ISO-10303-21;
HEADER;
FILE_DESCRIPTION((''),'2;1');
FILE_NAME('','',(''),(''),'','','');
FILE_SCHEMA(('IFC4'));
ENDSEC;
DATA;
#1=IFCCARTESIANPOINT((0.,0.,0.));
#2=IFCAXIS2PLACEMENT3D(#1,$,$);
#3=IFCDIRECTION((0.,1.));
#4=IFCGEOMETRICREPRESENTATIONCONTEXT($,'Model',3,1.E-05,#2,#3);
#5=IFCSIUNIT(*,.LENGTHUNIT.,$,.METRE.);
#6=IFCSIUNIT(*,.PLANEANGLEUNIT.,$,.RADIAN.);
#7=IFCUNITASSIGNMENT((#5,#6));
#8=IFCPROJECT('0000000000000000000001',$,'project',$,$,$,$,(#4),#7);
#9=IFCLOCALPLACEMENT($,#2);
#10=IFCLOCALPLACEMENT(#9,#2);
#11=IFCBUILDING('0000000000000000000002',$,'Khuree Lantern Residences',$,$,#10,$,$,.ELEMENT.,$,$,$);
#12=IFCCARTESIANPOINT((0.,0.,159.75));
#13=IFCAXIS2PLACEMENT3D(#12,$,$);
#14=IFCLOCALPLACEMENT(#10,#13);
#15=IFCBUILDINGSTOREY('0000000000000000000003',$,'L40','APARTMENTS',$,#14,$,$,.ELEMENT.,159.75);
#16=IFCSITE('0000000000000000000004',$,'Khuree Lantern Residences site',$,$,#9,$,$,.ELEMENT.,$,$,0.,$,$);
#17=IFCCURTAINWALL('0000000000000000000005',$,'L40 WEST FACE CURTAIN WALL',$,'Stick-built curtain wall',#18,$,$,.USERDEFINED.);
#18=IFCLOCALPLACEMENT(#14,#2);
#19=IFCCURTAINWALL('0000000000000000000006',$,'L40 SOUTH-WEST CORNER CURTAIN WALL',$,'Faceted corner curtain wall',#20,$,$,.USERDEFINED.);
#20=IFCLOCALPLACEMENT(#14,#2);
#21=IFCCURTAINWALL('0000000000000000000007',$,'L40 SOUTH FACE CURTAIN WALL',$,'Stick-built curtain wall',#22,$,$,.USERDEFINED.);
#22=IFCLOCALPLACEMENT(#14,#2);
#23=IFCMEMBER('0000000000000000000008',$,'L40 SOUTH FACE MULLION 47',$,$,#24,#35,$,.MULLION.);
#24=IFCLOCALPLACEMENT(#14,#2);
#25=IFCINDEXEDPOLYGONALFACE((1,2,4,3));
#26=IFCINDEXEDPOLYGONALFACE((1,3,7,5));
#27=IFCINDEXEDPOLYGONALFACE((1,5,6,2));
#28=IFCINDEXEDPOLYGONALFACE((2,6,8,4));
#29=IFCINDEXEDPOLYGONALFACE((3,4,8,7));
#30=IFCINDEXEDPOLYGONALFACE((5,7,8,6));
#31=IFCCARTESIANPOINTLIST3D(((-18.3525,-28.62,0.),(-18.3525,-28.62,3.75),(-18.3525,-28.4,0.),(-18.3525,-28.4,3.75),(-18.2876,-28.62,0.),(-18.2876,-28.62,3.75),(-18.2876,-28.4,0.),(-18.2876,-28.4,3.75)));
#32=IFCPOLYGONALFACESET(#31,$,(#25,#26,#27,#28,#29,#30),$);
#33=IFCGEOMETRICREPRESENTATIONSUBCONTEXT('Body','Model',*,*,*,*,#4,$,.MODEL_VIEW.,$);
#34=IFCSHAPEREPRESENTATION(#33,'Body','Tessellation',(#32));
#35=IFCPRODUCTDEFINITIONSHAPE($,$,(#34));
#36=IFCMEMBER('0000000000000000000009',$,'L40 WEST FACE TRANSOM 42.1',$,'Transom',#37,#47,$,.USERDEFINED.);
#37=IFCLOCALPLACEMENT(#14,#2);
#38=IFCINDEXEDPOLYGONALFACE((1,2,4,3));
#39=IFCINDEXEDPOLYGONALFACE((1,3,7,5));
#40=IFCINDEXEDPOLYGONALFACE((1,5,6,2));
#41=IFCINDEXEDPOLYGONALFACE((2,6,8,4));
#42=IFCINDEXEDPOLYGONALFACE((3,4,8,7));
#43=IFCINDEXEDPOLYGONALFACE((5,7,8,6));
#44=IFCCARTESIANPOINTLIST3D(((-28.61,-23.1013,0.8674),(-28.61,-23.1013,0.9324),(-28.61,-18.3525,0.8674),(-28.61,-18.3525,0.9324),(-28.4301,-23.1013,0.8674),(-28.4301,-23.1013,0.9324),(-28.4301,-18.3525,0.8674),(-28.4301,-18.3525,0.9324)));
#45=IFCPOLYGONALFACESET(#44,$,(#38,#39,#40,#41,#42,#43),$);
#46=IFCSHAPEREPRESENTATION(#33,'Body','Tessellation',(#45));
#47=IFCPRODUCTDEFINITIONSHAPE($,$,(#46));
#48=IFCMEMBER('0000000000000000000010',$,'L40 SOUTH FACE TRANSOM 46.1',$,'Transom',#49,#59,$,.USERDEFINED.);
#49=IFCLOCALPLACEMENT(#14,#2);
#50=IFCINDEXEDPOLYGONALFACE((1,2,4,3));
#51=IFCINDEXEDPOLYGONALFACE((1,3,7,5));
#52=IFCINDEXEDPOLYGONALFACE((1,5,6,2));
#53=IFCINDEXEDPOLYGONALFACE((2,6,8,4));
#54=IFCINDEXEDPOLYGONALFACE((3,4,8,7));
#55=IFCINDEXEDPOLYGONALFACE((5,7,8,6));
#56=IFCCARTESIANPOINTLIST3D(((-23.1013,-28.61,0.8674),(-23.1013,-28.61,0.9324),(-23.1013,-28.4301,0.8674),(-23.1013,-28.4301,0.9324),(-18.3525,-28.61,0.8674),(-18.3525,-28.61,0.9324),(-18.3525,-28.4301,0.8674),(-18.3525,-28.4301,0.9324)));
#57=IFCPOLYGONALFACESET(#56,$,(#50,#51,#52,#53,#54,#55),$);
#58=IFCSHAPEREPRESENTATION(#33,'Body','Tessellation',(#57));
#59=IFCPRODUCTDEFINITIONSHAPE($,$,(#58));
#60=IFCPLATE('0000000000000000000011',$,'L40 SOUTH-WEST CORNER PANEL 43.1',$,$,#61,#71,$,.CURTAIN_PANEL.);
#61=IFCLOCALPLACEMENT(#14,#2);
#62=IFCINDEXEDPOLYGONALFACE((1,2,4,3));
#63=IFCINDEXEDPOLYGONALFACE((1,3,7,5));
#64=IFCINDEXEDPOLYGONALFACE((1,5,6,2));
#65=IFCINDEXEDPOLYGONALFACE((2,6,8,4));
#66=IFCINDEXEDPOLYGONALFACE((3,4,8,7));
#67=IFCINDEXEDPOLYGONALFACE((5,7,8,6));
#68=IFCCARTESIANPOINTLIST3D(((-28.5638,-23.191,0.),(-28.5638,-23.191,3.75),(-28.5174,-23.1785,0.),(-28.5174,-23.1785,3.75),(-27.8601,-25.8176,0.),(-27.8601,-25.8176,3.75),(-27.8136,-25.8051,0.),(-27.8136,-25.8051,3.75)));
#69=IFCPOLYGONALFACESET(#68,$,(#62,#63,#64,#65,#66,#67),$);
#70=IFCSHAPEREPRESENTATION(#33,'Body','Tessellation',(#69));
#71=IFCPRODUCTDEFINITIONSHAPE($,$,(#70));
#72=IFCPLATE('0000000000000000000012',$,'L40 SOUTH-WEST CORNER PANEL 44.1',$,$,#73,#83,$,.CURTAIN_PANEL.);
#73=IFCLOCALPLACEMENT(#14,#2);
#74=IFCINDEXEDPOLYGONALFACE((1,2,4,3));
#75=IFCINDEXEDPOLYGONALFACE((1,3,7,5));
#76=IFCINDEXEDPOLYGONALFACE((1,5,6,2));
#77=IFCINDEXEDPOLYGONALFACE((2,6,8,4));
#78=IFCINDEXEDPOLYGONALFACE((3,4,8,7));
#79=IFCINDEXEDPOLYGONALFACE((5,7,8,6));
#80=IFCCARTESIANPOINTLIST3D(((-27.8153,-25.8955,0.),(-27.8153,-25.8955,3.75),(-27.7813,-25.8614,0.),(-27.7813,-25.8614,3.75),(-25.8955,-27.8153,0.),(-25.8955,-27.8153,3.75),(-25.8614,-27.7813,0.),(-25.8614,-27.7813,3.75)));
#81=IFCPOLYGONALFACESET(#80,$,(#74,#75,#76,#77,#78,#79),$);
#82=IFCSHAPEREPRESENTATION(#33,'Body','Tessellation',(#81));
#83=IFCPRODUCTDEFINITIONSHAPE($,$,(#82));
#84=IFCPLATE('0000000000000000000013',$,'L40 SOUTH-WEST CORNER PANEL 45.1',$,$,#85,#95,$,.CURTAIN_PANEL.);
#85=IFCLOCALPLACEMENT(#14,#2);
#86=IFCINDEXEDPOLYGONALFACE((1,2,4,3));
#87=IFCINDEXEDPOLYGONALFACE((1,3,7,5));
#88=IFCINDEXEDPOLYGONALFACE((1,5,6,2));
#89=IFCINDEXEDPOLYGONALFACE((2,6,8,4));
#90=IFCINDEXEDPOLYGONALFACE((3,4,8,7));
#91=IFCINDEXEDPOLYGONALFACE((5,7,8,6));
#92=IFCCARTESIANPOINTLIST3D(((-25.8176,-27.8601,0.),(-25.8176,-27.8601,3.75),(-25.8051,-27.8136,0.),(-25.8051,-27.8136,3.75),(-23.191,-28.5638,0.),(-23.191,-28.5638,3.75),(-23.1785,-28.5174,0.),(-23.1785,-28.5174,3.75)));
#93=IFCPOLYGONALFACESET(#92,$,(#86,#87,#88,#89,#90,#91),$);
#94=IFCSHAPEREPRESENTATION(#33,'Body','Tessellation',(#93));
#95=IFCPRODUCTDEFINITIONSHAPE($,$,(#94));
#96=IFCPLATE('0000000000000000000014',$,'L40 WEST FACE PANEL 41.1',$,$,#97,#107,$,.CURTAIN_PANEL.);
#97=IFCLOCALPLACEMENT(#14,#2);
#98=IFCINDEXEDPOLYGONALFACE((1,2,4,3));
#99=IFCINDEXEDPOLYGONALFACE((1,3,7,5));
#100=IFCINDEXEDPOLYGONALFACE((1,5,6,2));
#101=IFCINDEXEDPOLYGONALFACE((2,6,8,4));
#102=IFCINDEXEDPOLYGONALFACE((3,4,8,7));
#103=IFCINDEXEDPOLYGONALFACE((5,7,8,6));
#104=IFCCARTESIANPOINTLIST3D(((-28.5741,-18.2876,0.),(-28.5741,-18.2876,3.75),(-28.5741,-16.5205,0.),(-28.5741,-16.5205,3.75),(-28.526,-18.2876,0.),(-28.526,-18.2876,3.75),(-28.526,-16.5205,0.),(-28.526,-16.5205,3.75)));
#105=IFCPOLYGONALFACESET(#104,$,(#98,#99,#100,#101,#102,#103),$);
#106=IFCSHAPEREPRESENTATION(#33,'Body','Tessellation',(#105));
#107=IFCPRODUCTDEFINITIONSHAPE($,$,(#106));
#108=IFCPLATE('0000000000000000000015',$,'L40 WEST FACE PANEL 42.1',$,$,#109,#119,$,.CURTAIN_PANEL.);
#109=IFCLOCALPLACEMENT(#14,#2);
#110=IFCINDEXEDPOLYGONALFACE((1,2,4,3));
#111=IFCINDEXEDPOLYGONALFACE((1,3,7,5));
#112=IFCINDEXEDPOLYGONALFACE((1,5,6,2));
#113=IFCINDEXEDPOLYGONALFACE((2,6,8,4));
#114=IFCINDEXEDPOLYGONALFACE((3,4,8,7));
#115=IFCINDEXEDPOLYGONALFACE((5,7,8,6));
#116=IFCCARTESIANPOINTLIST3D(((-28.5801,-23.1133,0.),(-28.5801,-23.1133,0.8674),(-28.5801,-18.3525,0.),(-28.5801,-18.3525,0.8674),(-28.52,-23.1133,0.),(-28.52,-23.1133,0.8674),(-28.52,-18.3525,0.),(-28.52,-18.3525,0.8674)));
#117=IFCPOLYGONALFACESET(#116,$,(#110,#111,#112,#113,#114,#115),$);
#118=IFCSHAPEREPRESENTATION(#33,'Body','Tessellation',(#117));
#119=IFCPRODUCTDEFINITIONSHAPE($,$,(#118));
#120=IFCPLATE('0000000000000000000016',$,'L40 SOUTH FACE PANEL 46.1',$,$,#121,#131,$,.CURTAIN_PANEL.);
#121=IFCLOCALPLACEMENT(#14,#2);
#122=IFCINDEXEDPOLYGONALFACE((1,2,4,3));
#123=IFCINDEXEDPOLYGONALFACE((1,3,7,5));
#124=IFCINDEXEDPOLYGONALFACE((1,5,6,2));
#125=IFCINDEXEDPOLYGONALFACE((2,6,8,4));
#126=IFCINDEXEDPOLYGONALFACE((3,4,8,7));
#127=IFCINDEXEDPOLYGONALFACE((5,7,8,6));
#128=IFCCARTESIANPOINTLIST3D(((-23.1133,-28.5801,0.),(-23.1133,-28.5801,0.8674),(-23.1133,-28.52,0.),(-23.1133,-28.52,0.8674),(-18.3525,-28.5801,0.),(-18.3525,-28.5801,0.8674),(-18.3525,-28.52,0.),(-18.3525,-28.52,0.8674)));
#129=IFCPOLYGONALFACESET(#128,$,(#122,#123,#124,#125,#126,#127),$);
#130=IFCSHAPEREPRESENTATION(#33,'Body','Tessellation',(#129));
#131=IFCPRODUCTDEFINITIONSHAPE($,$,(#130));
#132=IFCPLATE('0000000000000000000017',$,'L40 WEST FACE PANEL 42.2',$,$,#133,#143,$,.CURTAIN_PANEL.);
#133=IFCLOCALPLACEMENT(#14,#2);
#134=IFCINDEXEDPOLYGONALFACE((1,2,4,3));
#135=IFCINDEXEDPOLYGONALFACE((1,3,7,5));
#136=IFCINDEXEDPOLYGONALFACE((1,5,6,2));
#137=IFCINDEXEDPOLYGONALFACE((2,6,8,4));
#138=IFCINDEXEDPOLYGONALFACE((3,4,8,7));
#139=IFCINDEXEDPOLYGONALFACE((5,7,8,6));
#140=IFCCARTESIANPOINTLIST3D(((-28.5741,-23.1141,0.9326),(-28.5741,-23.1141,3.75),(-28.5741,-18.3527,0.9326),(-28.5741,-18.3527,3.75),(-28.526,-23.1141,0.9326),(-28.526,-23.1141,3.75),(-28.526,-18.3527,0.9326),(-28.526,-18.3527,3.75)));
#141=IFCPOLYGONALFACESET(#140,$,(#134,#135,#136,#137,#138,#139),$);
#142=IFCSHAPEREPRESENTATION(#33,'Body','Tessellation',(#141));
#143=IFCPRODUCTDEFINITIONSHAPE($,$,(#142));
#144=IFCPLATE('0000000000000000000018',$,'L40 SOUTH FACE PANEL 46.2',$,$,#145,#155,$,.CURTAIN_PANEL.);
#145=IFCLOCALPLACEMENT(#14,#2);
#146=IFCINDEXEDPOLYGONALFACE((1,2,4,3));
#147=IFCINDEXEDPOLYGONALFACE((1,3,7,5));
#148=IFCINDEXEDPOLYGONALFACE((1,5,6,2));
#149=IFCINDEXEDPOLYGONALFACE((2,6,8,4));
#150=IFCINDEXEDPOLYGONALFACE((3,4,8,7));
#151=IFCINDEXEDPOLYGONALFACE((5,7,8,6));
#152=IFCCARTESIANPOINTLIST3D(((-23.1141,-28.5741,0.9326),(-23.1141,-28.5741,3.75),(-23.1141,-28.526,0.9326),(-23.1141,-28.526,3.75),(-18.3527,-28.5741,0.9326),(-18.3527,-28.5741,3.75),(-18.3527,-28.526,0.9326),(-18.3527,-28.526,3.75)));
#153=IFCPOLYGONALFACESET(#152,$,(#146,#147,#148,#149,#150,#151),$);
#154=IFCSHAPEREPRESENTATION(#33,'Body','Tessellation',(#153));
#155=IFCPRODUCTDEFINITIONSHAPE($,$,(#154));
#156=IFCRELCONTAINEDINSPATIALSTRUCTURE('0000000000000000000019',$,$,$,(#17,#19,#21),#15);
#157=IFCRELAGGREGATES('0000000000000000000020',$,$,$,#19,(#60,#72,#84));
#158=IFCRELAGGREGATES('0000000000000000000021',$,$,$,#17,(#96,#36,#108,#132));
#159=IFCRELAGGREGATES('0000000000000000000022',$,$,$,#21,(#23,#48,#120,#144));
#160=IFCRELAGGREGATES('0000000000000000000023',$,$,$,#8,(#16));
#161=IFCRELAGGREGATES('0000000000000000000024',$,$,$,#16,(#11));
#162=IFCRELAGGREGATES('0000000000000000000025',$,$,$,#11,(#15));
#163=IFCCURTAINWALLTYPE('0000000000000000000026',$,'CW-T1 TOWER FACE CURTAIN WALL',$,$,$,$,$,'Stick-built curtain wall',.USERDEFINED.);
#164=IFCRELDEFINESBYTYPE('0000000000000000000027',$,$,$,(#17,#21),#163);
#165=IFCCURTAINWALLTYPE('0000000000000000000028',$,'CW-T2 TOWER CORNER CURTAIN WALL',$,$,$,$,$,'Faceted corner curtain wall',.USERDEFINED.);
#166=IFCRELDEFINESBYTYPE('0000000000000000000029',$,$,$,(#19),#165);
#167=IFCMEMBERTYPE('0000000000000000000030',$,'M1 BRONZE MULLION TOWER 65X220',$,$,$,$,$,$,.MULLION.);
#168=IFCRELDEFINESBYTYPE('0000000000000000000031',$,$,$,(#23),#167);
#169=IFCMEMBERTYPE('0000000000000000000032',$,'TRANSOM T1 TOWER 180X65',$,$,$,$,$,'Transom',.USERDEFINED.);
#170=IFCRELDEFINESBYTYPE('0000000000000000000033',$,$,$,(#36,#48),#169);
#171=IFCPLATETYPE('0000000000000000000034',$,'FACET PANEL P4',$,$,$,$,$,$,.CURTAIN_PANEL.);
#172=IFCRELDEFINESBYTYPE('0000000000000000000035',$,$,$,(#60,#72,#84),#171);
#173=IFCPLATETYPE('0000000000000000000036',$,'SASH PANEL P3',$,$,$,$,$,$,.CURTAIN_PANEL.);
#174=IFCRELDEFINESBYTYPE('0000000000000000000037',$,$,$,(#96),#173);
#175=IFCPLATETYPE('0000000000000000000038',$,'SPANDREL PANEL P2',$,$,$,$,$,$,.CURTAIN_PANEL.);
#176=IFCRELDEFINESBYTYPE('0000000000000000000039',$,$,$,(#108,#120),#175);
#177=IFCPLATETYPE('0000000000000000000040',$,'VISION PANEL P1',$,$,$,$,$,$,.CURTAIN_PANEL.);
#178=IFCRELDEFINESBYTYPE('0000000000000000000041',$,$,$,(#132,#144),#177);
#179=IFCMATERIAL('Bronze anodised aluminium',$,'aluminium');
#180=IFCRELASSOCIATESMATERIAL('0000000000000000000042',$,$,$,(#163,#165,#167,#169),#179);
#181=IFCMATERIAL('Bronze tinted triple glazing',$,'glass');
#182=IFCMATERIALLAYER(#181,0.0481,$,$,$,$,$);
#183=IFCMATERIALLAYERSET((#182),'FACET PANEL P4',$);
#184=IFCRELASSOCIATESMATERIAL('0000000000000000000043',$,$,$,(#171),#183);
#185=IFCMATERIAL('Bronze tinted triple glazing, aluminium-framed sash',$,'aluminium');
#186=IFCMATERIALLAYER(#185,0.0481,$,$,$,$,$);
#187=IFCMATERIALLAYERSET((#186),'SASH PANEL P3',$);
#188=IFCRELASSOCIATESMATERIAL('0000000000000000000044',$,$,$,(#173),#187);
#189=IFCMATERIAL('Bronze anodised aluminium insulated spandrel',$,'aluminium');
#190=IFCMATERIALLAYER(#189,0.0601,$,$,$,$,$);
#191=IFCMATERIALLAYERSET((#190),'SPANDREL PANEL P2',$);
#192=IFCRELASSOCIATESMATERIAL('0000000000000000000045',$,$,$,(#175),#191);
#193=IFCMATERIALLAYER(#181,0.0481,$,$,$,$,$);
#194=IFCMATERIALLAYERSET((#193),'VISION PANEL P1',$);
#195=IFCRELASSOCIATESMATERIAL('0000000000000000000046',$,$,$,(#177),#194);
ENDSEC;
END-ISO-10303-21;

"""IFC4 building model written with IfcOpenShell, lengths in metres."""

from ifc_helpers import new_model, si_unit, direction, frame, origin, origin_2d, place, context, subcontext, project, spatial, rectangle, extrude, material, layer, layer_set, material_profile, profile_set, type_object, element, aggregate, save


model = new_model("IFC4")

# Units and contexts
model_context = context("Model", 3, precision=1e-05, world=origin(), true_north=direction((0.0, 1.0)))
body_context = subcontext(model_context, "Body", "Model", "MODEL_VIEW")
ifc_project = project(units=[si_unit("LENGTHUNIT", "METRE"), si_unit("PLANEANGLEUNIT", "RADIAN")], contexts=[model_context])

# Site, building, storey
site_placement = place(None, origin())
site = spatial("IfcSite", under=ifc_project, at=site_placement, Name="Khuree Lantern Residences site", CompositionType="ELEMENT", RefElevation=0.0)
building_placement = place(site_placement, origin())
building = spatial("IfcBuilding", under=site, at=building_placement, Name="Khuree Lantern Residences", CompositionType="ELEMENT")
storey_placement = place(building_placement, frame((0.0, 0.0, 159.75)))
storey = spatial("IfcBuildingStorey", under=building, at=storey_placement, Name="L40", Description="APARTMENTS", CompositionType="ELEMENT", Elevation=159.75)

# Curtain walls
ifc_material_1 = material(Name="Bronze anodised aluminium", Category="aluminium")
curtain_wall_type_1 = type_object("IfcCurtainWallType", Name="CW-T1 TOWER FACE CURTAIN WALL", ElementType="Stick-built curtain wall", PredefinedType="USERDEFINED", material=ifc_material_1)
curtain_wall_1_placement = place(storey_placement, origin())
curtain_wall_1 = element("IfcCurtainWall", 1, at=curtain_wall_1_placement, inside=storey, type_object=curtain_wall_type_1, Name="L40 WEST FACE CURTAIN WALL", ObjectType="Stick-built curtain wall", PredefinedType="USERDEFINED")
curtain_wall_type_2 = type_object("IfcCurtainWallType", Name="CW-T2 TOWER CORNER CURTAIN WALL", ElementType="Faceted corner curtain wall", PredefinedType="USERDEFINED", material=ifc_material_1)
curtain_wall_2_placement = place(storey_placement, origin())
curtain_wall_2 = element("IfcCurtainWall", 2, at=curtain_wall_2_placement, inside=storey, type_object=curtain_wall_type_2, Name="L40 SOUTH-WEST CORNER CURTAIN WALL", ObjectType="Faceted corner curtain wall", PredefinedType="USERDEFINED")

# Shared definitions
ifc_material_profile_1 = material_profile(ifc_material_1, rectangle(XDim=0.0649, YDim=0.22, at=origin_2d()), Name="M1 65X220")
ifc_profile_set_1 = profile_set([ifc_material_profile_1], Name="Bronze anodised aluminium")
member_type_1 = type_object("IfcMemberType", Name="M1 BRONZE MULLION TOWER 65X220", PredefinedType="MULLION", material=ifc_profile_set_1)

# Curtain wall, member
curtain_wall_3_placement = place(storey_placement, origin())
curtain_wall_3 = element("IfcCurtainWall", 3, at=curtain_wall_3_placement, inside=storey, type_object=curtain_wall_type_1, Name="L40 SOUTH FACE CURTAIN WALL", ObjectType="Stick-built curtain wall", PredefinedType="USERDEFINED")
member_1_placement = place(storey_placement, frame((-18.3201, -28.51, 0.0), z_axis=(0.0, 0.0, 1.0), x_axis=(1.0, 0.0, 0.0)))
member_1 = element("IfcMember", 4, at=member_1_placement, type_object=member_type_1, Name="L40 SOUTH FACE MULLION 47", PredefinedType="MULLION", context=body_context, shape_type="SweptSolid", body=[
    extrude(rectangle(XDim=0.0649, YDim=0.22, at=origin_2d()), origin(), (0.0, 0.0, 1.0), 3.75),
])

# Members
ifc_material_profile_2 = material_profile(ifc_material_1, rectangle(XDim=0.1799, YDim=0.0649, at=origin_2d()), Name="T1 180X65")
ifc_profile_set_2 = profile_set([ifc_material_profile_2], Name="Bronze anodised aluminium")
member_type_2 = type_object("IfcMemberType", Name="TRANSOM T1 TOWER 180X65", ElementType="Transom", PredefinedType="USERDEFINED", material=ifc_profile_set_2)
member_2_placement = place(storey_placement, frame((-28.52, -18.3525, 0.8999), z_axis=(0.0, -1.0, 0.0), x_axis=(1.0, 0.0, 0.0)))
member_2 = element("IfcMember", 5, at=member_2_placement, type_object=member_type_2, Name="L40 WEST FACE TRANSOM 42.1", ObjectType="Transom", PredefinedType="USERDEFINED", context=body_context, shape_type="SweptSolid", body=[
    extrude(rectangle(XDim=0.1799, YDim=0.0649, at=origin_2d()), origin(), (0.0, 0.0, 1.0), 4.7488),
])
member_3_placement = place(storey_placement, frame((-23.1013, -28.52, 0.8999), z_axis=(1.0, 0.0, 0.0), x_axis=(0.0, 1.0, 0.0)))
member_3 = element("IfcMember", 6, at=member_3_placement, type_object=member_type_2, Name="L40 SOUTH FACE TRANSOM 46.1", ObjectType="Transom", PredefinedType="USERDEFINED", context=body_context, shape_type="SweptSolid", body=[
    extrude(rectangle(XDim=0.1799, YDim=0.0649, at=origin_2d()), origin(), (0.0, 0.0, 1.0), 4.7488),
])

# Plates
ifc_material_2 = material(Name="Bronze tinted triple glazing", Category="glass")
ifc_layer_1 = layer(ifc_material_2, 0.0481)
ifc_layer_set_1 = layer_set([ifc_layer_1], Name="FACET PANEL P4")
plate_type_1 = type_object("IfcPlateType", Name="FACET PANEL P4", PredefinedType="CURTAIN_PANEL", material=ifc_layer_set_1)
plate_1_placement = place(storey_placement, frame((-28.1887, -24.498, 0.0), z_axis=(0.0, 0.0, 1.0), x_axis=(0.258819, -0.965926, 0.0)))
plate_1 = element("IfcPlate", 7, at=plate_1_placement, type_object=plate_type_1, Name="L40 SOUTH-WEST CORNER PANEL 43.1", PredefinedType="CURTAIN_PANEL", context=body_context, shape_type="SweptSolid", body=[
    extrude(rectangle(XDim=2.7192, YDim=0.0481, at=origin_2d()), origin(), (0.0, 0.0, 1.0), 3.75),
])
plate_2_placement = place(storey_placement, frame((-26.8384, -26.8384, 0.0), z_axis=(0.0, 0.0, 1.0), x_axis=(0.707107, -0.707107, 0.0)))
plate_2 = element("IfcPlate", 8, at=plate_2_placement, type_object=plate_type_1, Name="L40 SOUTH-WEST CORNER PANEL 44.1", PredefinedType="CURTAIN_PANEL", context=body_context, shape_type="SweptSolid", body=[
    extrude(rectangle(XDim=2.7151, YDim=0.0481, at=origin_2d()), origin(), (0.0, 0.0, 1.0), 3.75),
])
plate_3_placement = place(storey_placement, frame((-24.498, -28.1887, 0.0), z_axis=(0.0, 0.0, 1.0), x_axis=(0.965926, -0.258819, 0.0)))
plate_3 = element("IfcPlate", 9, at=plate_3_placement, type_object=plate_type_1, Name="L40 SOUTH-WEST CORNER PANEL 45.1", PredefinedType="CURTAIN_PANEL", context=body_context, shape_type="SweptSolid", body=[
    extrude(rectangle(XDim=2.7192, YDim=0.0481, at=origin_2d()), origin(), (0.0, 0.0, 1.0), 3.75),
])
aggregate(curtain_wall_2, [plate_1, plate_2, plate_3])
ifc_material_3 = material(Name="Bronze tinted triple glazing, aluminium-framed sash", Category="aluminium")
ifc_layer_2 = layer(ifc_material_3, 0.0481)
ifc_layer_set_2 = layer_set([ifc_layer_2], Name="SASH PANEL P3")
plate_type_2 = type_object("IfcPlateType", Name="SASH PANEL P3", PredefinedType="CURTAIN_PANEL", material=ifc_layer_set_2)
plate_4_placement = place(storey_placement, frame((-28.55, -17.4041, 0.0), z_axis=(0.0, 0.0, 1.0), x_axis=(0.0, -1.0, 0.0)))
plate_4 = element("IfcPlate", 10, at=plate_4_placement, type_object=plate_type_2, Name="L40 WEST FACE PANEL 41.1", PredefinedType="CURTAIN_PANEL", context=body_context, shape_type="SweptSolid", body=[
    extrude(rectangle(XDim=1.7671, YDim=0.0481, at=origin_2d()), origin(), (0.0, 0.0, 1.0), 3.75),
])
ifc_material_4 = material(Name="Bronze anodised aluminium insulated spandrel", Category="aluminium")
ifc_layer_3 = layer(ifc_material_4, 0.0601)
ifc_layer_set_3 = layer_set([ifc_layer_3], Name="SPANDREL PANEL P2")
plate_type_3 = type_object("IfcPlateType", Name="SPANDREL PANEL P2", PredefinedType="CURTAIN_PANEL", material=ifc_layer_set_3)
plate_5_placement = place(storey_placement, frame((-28.55, -20.7329, 0.0), z_axis=(0.0, 0.0, 1.0), x_axis=(0.0, -1.0, 0.0)))
plate_5 = element("IfcPlate", 11, at=plate_5_placement, type_object=plate_type_3, Name="L40 WEST FACE PANEL 42.1", PredefinedType="CURTAIN_PANEL", context=body_context, shape_type="SweptSolid", body=[
    extrude(rectangle(XDim=4.7607, YDim=0.0601, at=origin_2d()), origin(), (0.0, 0.0, 1.0), 0.8674),
])
plate_6_placement = place(storey_placement, frame((-20.7329, -28.55, 0.0), z_axis=(0.0, 0.0, 1.0), x_axis=(1.0, 0.0, 0.0)))
plate_6 = element("IfcPlate", 12, at=plate_6_placement, type_object=plate_type_3, Name="L40 SOUTH FACE PANEL 46.1", PredefinedType="CURTAIN_PANEL", context=body_context, shape_type="SweptSolid", body=[
    extrude(rectangle(XDim=4.7607, YDim=0.0601, at=origin_2d()), origin(), (0.0, 0.0, 1.0), 0.8674),
])
ifc_layer_4 = layer(ifc_material_2, 0.0481)
ifc_layer_set_4 = layer_set([ifc_layer_4], Name="VISION PANEL P1")
plate_type_4 = type_object("IfcPlateType", Name="VISION PANEL P1", PredefinedType="CURTAIN_PANEL", material=ifc_layer_set_4)
plate_7_placement = place(storey_placement, frame((-28.55, -20.7334, 0.9326), z_axis=(0.0, 0.0, 1.0), x_axis=(0.0, -1.0, 0.0)))
plate_7 = element("IfcPlate", 13, at=plate_7_placement, type_object=plate_type_4, Name="L40 WEST FACE PANEL 42.2", PredefinedType="CURTAIN_PANEL", context=body_context, shape_type="SweptSolid", body=[
    extrude(rectangle(XDim=4.7615, YDim=0.0481, at=origin_2d()), origin(), (0.0, 0.0, 1.0), 2.8174),
])
aggregate(curtain_wall_1, [plate_4, member_2, plate_5, plate_7])
plate_8_placement = place(storey_placement, frame((-20.7334, -28.55, 0.9326), z_axis=(0.0, 0.0, 1.0), x_axis=(1.0, 0.0, 0.0)))
plate_8 = element("IfcPlate", 14, at=plate_8_placement, type_object=plate_type_4, Name="L40 SOUTH FACE PANEL 46.2", PredefinedType="CURTAIN_PANEL", context=body_context, shape_type="SweptSolid", body=[
    extrude(rectangle(XDim=4.7615, YDim=0.0481, at=origin_2d()), origin(), (0.0, 0.0, 1.0), 2.8174),
])
aggregate(curtain_wall_3, [member_1, member_3, plate_6, plate_8])

save(model, "model.ifc")
